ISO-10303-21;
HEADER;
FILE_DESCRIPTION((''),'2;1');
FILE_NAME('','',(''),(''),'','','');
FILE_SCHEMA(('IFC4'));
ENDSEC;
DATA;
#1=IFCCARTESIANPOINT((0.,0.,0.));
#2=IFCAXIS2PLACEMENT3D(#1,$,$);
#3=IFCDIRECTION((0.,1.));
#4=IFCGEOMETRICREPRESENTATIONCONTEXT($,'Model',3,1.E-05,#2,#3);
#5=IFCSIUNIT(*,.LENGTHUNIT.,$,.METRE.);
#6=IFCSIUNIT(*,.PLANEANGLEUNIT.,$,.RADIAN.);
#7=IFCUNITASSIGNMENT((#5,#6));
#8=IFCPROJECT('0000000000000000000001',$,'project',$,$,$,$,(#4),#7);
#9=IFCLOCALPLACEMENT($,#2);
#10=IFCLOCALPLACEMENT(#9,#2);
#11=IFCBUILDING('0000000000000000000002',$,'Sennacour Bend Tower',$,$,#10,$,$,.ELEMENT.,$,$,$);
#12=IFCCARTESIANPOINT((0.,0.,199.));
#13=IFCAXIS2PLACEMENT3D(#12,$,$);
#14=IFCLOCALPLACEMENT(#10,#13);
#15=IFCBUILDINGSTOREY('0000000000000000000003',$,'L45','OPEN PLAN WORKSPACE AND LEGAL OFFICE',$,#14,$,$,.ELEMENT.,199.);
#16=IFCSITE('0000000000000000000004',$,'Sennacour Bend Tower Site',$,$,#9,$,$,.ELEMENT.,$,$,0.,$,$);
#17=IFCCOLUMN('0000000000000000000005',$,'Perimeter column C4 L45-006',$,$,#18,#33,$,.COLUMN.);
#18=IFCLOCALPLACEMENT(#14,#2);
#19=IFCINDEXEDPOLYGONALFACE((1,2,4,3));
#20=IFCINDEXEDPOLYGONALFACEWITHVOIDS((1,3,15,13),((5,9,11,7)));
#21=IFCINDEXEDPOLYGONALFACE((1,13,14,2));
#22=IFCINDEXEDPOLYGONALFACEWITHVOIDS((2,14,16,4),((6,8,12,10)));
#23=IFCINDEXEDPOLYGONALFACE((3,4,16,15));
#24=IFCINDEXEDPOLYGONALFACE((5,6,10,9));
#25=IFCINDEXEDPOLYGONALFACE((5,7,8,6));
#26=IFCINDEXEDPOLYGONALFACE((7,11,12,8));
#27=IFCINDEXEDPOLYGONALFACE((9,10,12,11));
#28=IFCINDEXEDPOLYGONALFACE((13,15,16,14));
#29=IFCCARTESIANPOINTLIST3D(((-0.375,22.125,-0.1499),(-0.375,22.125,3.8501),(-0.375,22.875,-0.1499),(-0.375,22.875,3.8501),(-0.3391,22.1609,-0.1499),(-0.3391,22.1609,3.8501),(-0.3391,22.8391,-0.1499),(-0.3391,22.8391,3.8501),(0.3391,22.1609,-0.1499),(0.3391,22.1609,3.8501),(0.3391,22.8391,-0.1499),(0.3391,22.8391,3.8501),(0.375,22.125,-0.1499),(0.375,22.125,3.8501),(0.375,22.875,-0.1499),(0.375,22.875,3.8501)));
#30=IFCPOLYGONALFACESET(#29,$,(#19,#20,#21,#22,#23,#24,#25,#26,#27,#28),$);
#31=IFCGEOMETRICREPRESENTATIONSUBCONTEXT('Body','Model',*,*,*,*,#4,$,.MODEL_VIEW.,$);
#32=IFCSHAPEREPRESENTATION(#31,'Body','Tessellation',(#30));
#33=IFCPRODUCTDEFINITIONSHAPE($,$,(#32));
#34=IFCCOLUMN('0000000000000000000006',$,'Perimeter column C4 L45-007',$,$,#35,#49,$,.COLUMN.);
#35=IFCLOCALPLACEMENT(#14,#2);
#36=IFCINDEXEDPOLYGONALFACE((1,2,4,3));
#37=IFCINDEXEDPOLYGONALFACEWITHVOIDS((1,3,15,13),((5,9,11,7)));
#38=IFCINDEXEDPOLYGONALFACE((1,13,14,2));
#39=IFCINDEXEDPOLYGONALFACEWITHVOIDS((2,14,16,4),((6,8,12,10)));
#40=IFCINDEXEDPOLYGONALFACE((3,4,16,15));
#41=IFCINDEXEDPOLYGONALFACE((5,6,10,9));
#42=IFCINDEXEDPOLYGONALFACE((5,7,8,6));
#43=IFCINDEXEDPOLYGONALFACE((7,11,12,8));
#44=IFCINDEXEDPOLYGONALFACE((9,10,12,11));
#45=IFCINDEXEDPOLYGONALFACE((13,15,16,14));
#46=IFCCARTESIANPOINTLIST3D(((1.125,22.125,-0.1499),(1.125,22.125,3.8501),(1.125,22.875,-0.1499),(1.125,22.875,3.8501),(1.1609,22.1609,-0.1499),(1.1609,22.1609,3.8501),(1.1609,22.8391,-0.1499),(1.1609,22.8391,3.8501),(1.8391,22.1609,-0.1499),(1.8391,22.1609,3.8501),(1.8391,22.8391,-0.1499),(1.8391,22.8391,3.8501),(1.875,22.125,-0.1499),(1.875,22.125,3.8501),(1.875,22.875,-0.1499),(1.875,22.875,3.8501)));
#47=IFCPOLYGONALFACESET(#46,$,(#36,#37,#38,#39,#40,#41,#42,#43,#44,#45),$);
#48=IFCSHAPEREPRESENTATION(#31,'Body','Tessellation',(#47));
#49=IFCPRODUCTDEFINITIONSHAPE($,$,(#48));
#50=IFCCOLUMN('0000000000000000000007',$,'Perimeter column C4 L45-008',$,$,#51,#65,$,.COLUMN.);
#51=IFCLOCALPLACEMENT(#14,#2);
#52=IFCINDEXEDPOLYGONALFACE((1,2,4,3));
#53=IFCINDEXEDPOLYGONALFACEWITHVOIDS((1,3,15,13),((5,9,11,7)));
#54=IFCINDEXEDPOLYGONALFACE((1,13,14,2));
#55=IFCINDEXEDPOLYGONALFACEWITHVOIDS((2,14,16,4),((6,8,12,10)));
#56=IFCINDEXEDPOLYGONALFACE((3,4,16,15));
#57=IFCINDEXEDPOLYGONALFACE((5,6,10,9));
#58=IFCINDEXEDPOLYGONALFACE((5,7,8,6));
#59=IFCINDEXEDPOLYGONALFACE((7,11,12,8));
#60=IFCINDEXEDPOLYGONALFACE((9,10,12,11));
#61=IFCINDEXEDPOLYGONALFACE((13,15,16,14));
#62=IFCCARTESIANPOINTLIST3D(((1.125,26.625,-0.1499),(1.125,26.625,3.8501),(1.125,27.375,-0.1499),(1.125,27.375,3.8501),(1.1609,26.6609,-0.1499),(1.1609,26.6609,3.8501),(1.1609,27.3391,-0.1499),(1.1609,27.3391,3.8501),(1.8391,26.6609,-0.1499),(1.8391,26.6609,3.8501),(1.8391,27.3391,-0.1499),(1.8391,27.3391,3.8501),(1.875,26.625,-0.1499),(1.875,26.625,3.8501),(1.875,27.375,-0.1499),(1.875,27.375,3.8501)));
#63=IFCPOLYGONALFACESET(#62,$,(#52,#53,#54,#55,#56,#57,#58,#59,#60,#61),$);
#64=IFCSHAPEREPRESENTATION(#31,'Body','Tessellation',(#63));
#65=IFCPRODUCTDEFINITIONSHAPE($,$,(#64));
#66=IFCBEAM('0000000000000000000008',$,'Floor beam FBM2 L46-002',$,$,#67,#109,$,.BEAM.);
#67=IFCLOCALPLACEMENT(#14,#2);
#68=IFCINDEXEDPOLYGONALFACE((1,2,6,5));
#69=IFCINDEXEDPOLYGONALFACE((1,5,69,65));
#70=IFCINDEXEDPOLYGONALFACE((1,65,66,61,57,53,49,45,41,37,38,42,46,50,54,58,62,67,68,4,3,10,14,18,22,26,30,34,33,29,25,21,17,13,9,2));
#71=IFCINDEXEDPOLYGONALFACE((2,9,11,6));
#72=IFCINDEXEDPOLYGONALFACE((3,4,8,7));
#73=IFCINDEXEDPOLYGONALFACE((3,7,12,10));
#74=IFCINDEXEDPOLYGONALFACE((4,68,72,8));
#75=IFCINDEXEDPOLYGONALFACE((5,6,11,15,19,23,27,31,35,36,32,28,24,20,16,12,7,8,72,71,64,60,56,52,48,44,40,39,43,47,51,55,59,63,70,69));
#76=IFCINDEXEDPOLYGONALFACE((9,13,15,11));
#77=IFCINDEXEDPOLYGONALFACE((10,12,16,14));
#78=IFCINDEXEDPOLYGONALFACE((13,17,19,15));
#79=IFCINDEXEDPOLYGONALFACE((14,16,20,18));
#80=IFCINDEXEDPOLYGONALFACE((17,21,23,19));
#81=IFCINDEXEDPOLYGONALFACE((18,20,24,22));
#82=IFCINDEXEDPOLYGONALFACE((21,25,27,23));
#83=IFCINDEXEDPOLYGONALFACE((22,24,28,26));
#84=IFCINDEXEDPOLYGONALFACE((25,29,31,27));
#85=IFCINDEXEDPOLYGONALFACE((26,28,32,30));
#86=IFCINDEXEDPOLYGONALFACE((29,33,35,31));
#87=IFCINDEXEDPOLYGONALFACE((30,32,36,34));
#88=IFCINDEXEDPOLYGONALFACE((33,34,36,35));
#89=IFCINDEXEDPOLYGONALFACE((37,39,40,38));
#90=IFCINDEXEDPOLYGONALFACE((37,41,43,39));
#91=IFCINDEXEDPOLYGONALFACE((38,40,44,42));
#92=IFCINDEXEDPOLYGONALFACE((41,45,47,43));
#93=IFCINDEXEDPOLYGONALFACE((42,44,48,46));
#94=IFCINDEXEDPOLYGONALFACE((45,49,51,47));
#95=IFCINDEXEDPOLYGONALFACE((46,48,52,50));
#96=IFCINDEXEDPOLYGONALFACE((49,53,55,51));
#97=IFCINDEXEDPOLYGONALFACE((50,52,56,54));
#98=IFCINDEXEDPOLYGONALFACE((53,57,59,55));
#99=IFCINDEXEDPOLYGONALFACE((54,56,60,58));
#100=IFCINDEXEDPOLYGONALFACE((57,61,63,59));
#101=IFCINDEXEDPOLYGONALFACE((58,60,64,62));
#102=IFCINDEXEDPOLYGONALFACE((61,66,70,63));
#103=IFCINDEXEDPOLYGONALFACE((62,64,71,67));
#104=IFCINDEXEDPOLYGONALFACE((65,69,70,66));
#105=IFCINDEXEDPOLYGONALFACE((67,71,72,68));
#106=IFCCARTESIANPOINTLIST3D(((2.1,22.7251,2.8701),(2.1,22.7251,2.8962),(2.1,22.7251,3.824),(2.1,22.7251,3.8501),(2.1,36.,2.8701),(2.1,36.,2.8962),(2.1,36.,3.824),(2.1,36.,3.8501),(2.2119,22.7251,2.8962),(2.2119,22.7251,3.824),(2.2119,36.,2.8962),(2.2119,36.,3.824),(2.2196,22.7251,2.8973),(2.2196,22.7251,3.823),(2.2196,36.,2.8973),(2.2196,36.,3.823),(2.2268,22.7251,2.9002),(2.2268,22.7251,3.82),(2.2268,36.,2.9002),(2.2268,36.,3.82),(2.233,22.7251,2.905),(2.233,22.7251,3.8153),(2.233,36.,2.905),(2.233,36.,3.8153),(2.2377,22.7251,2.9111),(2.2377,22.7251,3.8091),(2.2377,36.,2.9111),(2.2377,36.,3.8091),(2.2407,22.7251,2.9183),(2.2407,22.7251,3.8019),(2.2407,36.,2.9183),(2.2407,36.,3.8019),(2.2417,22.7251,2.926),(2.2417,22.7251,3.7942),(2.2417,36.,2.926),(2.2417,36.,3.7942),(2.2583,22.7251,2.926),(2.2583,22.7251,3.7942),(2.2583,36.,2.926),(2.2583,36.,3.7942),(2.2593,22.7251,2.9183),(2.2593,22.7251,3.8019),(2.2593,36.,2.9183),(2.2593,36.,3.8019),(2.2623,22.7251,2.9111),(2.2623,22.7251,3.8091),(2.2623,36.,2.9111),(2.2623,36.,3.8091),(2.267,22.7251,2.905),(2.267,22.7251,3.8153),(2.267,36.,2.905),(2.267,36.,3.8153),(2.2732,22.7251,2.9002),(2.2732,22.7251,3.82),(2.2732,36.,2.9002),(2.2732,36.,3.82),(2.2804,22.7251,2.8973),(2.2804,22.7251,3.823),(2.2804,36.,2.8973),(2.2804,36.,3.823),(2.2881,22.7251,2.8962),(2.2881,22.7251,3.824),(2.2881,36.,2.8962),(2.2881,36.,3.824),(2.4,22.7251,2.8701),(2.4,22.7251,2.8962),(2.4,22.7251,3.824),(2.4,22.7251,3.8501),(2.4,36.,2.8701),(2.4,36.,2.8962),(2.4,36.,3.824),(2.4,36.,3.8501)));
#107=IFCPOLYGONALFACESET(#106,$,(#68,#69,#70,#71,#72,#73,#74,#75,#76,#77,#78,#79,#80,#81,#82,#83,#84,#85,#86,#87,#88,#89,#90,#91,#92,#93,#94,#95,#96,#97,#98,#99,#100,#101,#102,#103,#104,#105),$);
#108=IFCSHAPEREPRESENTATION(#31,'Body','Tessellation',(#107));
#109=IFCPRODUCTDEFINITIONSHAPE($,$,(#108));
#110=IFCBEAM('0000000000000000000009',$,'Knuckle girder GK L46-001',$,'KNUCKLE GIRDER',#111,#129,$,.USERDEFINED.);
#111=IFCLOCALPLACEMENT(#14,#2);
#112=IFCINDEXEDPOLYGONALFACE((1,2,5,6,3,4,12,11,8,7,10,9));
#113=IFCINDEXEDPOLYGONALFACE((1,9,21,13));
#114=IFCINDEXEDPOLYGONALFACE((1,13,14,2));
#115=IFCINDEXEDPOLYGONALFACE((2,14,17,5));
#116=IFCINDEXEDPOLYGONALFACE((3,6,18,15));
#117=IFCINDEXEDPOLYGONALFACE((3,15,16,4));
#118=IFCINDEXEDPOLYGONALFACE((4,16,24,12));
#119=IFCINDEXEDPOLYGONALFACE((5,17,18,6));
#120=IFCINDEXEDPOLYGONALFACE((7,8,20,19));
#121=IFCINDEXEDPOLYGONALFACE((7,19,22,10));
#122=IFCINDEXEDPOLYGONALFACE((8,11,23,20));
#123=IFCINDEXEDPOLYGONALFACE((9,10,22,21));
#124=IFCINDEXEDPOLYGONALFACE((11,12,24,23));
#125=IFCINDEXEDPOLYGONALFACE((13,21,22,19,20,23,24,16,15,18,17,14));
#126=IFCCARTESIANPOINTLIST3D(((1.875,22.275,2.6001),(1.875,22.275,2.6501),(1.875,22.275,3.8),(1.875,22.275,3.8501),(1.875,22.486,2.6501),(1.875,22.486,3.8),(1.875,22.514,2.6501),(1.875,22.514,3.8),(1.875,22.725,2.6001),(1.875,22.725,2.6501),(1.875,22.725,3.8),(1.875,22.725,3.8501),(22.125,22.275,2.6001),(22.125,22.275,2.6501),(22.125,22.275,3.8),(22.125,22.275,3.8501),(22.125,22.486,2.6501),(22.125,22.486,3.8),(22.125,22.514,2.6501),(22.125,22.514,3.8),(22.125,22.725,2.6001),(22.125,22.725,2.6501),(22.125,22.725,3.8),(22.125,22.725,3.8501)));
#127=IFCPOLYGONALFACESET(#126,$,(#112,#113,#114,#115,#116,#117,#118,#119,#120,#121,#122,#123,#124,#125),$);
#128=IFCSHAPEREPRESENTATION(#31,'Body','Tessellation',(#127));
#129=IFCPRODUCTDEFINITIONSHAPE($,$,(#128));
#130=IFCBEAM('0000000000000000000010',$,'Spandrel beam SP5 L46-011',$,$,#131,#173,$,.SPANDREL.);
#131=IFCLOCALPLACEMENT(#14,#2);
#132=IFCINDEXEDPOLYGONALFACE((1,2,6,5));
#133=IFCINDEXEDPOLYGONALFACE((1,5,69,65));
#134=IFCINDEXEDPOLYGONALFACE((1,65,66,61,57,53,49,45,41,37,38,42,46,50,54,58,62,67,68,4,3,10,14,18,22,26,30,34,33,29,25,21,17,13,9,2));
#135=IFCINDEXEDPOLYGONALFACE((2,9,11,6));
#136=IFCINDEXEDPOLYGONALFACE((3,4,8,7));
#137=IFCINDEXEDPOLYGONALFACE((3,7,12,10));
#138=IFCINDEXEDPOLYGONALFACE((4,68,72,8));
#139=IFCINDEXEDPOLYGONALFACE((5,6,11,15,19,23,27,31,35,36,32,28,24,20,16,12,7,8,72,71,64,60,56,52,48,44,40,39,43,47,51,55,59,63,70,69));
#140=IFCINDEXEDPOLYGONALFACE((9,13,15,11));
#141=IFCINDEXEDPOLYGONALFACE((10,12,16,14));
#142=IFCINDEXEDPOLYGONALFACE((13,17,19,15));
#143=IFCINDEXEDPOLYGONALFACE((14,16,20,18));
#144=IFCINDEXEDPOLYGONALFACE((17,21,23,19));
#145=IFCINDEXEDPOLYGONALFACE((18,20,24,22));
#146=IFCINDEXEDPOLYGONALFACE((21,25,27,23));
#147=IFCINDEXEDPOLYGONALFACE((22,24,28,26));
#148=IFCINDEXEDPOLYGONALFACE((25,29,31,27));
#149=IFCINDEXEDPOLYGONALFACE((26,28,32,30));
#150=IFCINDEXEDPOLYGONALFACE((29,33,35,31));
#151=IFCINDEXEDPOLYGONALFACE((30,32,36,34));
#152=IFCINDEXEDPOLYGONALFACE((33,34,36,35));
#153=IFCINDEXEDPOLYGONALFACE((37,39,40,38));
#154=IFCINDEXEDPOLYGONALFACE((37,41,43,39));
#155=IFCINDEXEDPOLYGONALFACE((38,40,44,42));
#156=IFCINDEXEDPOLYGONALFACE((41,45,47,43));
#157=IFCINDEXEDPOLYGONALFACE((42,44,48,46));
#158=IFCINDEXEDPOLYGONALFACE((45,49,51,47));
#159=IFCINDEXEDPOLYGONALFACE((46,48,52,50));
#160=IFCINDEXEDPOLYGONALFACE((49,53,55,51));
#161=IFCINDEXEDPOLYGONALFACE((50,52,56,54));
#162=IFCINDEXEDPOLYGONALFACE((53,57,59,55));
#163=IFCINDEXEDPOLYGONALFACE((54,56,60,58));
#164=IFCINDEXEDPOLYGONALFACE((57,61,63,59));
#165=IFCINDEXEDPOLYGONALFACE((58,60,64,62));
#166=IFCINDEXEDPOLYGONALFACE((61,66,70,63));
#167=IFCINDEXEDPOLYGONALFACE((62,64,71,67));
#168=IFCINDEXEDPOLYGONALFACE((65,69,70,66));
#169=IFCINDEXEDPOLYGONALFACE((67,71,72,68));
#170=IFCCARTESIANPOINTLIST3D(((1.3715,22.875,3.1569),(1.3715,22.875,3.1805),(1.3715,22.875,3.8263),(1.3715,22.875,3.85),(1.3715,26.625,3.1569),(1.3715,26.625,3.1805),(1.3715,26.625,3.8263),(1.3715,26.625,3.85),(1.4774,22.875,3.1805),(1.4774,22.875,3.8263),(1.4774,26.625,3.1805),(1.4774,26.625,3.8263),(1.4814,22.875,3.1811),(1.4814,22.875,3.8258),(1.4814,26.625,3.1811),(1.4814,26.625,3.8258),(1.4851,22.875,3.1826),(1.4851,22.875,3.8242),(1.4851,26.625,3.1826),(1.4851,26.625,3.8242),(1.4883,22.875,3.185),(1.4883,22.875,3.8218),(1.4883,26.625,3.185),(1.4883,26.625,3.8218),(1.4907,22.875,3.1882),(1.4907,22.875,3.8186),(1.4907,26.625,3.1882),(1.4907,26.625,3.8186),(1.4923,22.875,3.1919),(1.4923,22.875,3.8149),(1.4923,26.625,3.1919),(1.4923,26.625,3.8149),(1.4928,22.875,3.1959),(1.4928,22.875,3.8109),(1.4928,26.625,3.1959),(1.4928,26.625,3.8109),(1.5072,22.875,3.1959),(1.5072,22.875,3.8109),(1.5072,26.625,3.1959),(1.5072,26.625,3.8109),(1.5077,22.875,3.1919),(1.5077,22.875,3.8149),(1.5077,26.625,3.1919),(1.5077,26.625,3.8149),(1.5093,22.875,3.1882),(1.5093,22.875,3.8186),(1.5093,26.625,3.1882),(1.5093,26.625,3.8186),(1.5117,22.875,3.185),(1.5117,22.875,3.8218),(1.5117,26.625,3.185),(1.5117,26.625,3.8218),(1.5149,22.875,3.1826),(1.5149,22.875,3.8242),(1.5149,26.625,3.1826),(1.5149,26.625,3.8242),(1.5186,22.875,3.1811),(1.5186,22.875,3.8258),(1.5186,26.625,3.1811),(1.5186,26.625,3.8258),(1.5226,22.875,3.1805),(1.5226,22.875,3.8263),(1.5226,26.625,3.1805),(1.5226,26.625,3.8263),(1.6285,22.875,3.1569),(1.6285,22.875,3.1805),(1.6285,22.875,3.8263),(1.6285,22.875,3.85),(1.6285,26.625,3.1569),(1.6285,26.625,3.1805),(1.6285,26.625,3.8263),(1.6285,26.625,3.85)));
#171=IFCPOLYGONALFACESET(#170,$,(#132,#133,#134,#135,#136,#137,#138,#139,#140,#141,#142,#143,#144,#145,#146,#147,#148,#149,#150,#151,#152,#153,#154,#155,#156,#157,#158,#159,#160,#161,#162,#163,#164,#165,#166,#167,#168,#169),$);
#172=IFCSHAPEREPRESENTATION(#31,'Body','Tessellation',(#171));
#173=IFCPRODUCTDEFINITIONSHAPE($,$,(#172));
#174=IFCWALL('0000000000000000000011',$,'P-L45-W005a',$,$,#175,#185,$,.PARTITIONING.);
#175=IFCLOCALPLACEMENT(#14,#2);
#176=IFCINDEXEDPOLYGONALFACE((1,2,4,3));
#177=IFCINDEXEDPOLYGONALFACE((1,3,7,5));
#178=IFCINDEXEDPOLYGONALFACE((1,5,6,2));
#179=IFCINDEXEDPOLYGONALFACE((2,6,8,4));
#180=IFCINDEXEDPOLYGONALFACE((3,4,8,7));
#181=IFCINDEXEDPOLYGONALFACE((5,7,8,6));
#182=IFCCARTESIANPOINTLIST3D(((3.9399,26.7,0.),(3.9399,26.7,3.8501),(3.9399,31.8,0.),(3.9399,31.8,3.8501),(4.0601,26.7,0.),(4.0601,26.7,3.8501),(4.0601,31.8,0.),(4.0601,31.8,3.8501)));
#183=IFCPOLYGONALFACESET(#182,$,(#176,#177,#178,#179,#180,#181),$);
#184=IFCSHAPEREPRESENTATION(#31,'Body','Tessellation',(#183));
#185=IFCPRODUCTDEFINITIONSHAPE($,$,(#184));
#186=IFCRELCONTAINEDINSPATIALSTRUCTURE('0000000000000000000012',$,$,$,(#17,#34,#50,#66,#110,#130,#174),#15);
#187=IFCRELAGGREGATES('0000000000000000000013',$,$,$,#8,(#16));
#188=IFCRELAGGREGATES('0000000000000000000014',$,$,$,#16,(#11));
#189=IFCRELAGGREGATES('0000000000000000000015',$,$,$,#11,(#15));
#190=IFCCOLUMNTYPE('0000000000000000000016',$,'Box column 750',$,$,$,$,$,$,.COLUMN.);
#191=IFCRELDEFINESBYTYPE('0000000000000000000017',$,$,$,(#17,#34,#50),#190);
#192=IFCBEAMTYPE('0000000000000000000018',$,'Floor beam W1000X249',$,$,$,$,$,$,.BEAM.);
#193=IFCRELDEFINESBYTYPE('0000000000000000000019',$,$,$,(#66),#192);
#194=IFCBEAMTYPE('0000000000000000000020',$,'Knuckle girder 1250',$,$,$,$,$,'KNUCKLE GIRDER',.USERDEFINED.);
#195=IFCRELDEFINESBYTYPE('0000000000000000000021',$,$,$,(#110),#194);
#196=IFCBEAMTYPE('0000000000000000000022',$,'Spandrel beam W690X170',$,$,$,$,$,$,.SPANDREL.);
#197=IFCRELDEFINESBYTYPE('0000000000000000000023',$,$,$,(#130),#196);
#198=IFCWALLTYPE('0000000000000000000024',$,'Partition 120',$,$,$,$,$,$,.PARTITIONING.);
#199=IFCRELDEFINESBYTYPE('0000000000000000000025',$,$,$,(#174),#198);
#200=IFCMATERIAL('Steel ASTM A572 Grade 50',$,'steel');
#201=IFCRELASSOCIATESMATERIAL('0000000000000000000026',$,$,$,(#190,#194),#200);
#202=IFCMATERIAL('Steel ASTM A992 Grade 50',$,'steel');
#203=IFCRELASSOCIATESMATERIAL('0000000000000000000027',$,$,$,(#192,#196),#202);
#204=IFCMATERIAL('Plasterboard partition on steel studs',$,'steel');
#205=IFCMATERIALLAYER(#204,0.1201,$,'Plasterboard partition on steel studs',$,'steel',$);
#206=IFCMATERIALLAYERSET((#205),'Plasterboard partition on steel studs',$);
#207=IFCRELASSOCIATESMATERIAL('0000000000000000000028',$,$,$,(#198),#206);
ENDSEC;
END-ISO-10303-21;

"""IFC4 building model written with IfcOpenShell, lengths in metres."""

from ifc_helpers import new_model, si_unit, direction, frame, frame_2d, origin, origin_2d, place, context, subcontext, project, spatial, rectangle, hollow_rectangle, i_section, extrude, material, layer, layer_set, material_profile, profile_set, type_object, element, save


model = new_model("IFC4")

# Units and contexts
model_context = context("Model", 3, precision=1e-05, world=origin(), true_north=direction((0.0, 1.0)))
body_context = subcontext(model_context, "Body", "Model", "MODEL_VIEW")
ifc_project = project(units=[si_unit("LENGTHUNIT", "METRE"), si_unit("PLANEANGLEUNIT", "RADIAN")], contexts=[model_context])

# Site, building, storey
site_placement = place(None, origin())
site = spatial("IfcSite", under=ifc_project, at=site_placement, Name="Sennacour Bend Tower Site", CompositionType="ELEMENT", RefElevation=0.0)
building_placement = place(site_placement, origin())
building = spatial("IfcBuilding", under=site, at=building_placement, Name="Sennacour Bend Tower", CompositionType="ELEMENT")
storey_placement = place(building_placement, frame((0.0, 0.0, 199.0)))
storey = spatial("IfcBuildingStorey", under=building, at=storey_placement, Name="L45", Description="OPEN PLAN WORKSPACE AND LEGAL OFFICE", CompositionType="ELEMENT", Elevation=199.0)

# Columns
ifc_material_1 = material(Name="Steel ASTM A572 Grade 50", Category="steel")
ifc_material_profile_1 = material_profile(ifc_material_1, hollow_rectangle(XDim=0.75, YDim=0.75, WallThickness=0.0359, at=origin_2d()), Name="Steel ASTM A572 Grade 50", Category="steel")
ifc_profile_set_1 = profile_set([ifc_material_profile_1], Name="Steel ASTM A572 Grade 50")
column_type = type_object("IfcColumnType", Name="Box column 750", PredefinedType="COLUMN", material=ifc_profile_set_1)
for number, where, z_axis, x_axis, name in (
    (1, (0.0, 22.5, -0.1499), (0.0, 0.0, 1.0), (1.0, 0.0, 0.0), "Perimeter column C4 L45-006"),
    (2, (1.5, 22.5, -0.1499), (0.0, 0.0, 1.0), (1.0, 0.0, 0.0), "Perimeter column C4 L45-007"),
    (3, (1.5, 27.0, -0.1499), (0.0, 0.0, 1.0), (1.0, 0.0, 0.0), "Perimeter column C4 L45-008"),
):
    element("IfcColumn", number, at=place(storey_placement, frame(where, z_axis=z_axis, x_axis=x_axis)), inside=storey, type_object=column_type, Name=name, PredefinedType="COLUMN", context=body_context, shape_type="SweptSolid", body=[
        extrude(hollow_rectangle(XDim=0.75, YDim=0.75, WallThickness=0.0359, at=origin_2d()), origin(), (0.0, 0.0, 1.0), 4.0),
    ])

# Beams
ifc_material_2 = material(Name="Steel ASTM A992 Grade 50", Category="steel")
ifc_material_profile_2 = material_profile(ifc_material_2, i_section(OverallWidth=0.3, OverallDepth=0.98, WebThickness=0.0166, FlangeThickness=0.0261, FilletRadius=0.0298, at=origin_2d()), Name="Steel ASTM A992 Grade 50", Category="steel")
ifc_profile_set_2 = profile_set([ifc_material_profile_2], Name="Steel ASTM A992 Grade 50")
beam_type_1 = type_object("IfcBeamType", Name="Floor beam W1000X249", PredefinedType="BEAM", material=ifc_profile_set_2)
beam_1_placement = place(storey_placement, frame((2.25, 22.7251, 3.3601), z_axis=(0.0, 1.0, 0.0), x_axis=(-1.0, 0.0, 0.0)))
element("IfcBeam", 4, at=beam_1_placement, inside=storey, type_object=beam_type_1, Name="Floor beam FBM2 L46-002", PredefinedType="BEAM", context=body_context, shape_type="SweptSolid", body=[
    extrude(i_section(OverallWidth=0.3, OverallDepth=0.98, WebThickness=0.0166, FlangeThickness=0.0261, FilletRadius=0.0298, at=origin_2d()), origin(), (0.0, 0.0, 1.0), 13.2749),
])
ifc_material_profile_3 = material_profile(ifc_material_1, i_section(OverallWidth=0.45, OverallDepth=1.25, WebThickness=0.0281, FlangeThickness=0.05, at=origin_2d()), Name="Steel ASTM A572 Grade 50", Category="steel")
ifc_profile_set_3 = profile_set([ifc_material_profile_3], Name="Steel ASTM A572 Grade 50")
beam_type_2 = type_object("IfcBeamType", Name="Knuckle girder 1250", ElementType="KNUCKLE GIRDER", PredefinedType="USERDEFINED", material=ifc_profile_set_3)
beam_2_placement = place(storey_placement, frame((1.875, 22.5, 3.2251), z_axis=(1.0, 0.0, 0.0), x_axis=(0.0, 1.0, 0.0)))
element("IfcBeam", 5, at=beam_2_placement, inside=storey, type_object=beam_type_2, Name="Knuckle girder GK L46-001", ObjectType="KNUCKLE GIRDER", PredefinedType="USERDEFINED", context=body_context, shape_type="SweptSolid", body=[
    extrude(i_section(OverallWidth=0.45, OverallDepth=1.25, WebThickness=0.0281, FlangeThickness=0.05, at=origin_2d()), origin(), (0.0, 0.0, 1.0), 20.25),
])
ifc_material_profile_4 = material_profile(ifc_material_2, i_section(OverallWidth=0.2571, OverallDepth=0.6931, WebThickness=0.0144, FlangeThickness=0.0237, FilletRadius=0.0154, at=origin_2d()), Name="Steel ASTM A992 Grade 50", Category="steel")
ifc_profile_set_4 = profile_set([ifc_material_profile_4], Name="Steel ASTM A992 Grade 50")
beam_type_3 = type_object("IfcBeamType", Name="Spandrel beam W690X170", PredefinedType="SPANDREL", material=ifc_profile_set_4)
beam_3_placement = place(storey_placement, frame((1.5, 22.875, 3.5034), z_axis=(0.0, 1.0, 0.0), x_axis=(-1.0, 0.0, 0.0)))
element("IfcBeam", 6, at=beam_3_placement, inside=storey, type_object=beam_type_3, Name="Spandrel beam SP5 L46-011", PredefinedType="SPANDREL", context=body_context, shape_type="SweptSolid", body=[
    extrude(i_section(OverallWidth=0.2571, OverallDepth=0.6931, WebThickness=0.0144, FlangeThickness=0.0237, FilletRadius=0.0154, at=origin_2d()), origin(), (0.0, 0.0, 1.0), 3.75),
])

# Wall
ifc_material_3 = material(Name="Plasterboard partition on steel studs", Category="steel")
ifc_layer_1 = layer(ifc_material_3, 0.1201, Name="Plasterboard partition on steel studs", Category="steel")
ifc_layer_set_1 = layer_set([ifc_layer_1], Name="Plasterboard partition on steel studs")
wall_type_1 = type_object("IfcWallType", Name="Partition 120", PredefinedType="PARTITIONING", material=ifc_layer_set_1)
wall_1_placement = place(storey_placement, frame((4.0, 26.7, 0.0), z_axis=(0.0, 0.0, 1.0), x_axis=(0.0, 1.0, 0.0)))
element("IfcWall", 7, at=wall_1_placement, inside=storey, type_object=wall_type_1, Name="P-L45-W005a", PredefinedType="PARTITIONING", context=body_context, shape_type="SweptSolid", body=[
    extrude(rectangle(XDim=5.1001, YDim=0.1201, at=frame_2d((2.55, 0.0))), origin(), (0.0, 0.0, 1.0), 3.8501),
])

save(model, "model.ifc")
